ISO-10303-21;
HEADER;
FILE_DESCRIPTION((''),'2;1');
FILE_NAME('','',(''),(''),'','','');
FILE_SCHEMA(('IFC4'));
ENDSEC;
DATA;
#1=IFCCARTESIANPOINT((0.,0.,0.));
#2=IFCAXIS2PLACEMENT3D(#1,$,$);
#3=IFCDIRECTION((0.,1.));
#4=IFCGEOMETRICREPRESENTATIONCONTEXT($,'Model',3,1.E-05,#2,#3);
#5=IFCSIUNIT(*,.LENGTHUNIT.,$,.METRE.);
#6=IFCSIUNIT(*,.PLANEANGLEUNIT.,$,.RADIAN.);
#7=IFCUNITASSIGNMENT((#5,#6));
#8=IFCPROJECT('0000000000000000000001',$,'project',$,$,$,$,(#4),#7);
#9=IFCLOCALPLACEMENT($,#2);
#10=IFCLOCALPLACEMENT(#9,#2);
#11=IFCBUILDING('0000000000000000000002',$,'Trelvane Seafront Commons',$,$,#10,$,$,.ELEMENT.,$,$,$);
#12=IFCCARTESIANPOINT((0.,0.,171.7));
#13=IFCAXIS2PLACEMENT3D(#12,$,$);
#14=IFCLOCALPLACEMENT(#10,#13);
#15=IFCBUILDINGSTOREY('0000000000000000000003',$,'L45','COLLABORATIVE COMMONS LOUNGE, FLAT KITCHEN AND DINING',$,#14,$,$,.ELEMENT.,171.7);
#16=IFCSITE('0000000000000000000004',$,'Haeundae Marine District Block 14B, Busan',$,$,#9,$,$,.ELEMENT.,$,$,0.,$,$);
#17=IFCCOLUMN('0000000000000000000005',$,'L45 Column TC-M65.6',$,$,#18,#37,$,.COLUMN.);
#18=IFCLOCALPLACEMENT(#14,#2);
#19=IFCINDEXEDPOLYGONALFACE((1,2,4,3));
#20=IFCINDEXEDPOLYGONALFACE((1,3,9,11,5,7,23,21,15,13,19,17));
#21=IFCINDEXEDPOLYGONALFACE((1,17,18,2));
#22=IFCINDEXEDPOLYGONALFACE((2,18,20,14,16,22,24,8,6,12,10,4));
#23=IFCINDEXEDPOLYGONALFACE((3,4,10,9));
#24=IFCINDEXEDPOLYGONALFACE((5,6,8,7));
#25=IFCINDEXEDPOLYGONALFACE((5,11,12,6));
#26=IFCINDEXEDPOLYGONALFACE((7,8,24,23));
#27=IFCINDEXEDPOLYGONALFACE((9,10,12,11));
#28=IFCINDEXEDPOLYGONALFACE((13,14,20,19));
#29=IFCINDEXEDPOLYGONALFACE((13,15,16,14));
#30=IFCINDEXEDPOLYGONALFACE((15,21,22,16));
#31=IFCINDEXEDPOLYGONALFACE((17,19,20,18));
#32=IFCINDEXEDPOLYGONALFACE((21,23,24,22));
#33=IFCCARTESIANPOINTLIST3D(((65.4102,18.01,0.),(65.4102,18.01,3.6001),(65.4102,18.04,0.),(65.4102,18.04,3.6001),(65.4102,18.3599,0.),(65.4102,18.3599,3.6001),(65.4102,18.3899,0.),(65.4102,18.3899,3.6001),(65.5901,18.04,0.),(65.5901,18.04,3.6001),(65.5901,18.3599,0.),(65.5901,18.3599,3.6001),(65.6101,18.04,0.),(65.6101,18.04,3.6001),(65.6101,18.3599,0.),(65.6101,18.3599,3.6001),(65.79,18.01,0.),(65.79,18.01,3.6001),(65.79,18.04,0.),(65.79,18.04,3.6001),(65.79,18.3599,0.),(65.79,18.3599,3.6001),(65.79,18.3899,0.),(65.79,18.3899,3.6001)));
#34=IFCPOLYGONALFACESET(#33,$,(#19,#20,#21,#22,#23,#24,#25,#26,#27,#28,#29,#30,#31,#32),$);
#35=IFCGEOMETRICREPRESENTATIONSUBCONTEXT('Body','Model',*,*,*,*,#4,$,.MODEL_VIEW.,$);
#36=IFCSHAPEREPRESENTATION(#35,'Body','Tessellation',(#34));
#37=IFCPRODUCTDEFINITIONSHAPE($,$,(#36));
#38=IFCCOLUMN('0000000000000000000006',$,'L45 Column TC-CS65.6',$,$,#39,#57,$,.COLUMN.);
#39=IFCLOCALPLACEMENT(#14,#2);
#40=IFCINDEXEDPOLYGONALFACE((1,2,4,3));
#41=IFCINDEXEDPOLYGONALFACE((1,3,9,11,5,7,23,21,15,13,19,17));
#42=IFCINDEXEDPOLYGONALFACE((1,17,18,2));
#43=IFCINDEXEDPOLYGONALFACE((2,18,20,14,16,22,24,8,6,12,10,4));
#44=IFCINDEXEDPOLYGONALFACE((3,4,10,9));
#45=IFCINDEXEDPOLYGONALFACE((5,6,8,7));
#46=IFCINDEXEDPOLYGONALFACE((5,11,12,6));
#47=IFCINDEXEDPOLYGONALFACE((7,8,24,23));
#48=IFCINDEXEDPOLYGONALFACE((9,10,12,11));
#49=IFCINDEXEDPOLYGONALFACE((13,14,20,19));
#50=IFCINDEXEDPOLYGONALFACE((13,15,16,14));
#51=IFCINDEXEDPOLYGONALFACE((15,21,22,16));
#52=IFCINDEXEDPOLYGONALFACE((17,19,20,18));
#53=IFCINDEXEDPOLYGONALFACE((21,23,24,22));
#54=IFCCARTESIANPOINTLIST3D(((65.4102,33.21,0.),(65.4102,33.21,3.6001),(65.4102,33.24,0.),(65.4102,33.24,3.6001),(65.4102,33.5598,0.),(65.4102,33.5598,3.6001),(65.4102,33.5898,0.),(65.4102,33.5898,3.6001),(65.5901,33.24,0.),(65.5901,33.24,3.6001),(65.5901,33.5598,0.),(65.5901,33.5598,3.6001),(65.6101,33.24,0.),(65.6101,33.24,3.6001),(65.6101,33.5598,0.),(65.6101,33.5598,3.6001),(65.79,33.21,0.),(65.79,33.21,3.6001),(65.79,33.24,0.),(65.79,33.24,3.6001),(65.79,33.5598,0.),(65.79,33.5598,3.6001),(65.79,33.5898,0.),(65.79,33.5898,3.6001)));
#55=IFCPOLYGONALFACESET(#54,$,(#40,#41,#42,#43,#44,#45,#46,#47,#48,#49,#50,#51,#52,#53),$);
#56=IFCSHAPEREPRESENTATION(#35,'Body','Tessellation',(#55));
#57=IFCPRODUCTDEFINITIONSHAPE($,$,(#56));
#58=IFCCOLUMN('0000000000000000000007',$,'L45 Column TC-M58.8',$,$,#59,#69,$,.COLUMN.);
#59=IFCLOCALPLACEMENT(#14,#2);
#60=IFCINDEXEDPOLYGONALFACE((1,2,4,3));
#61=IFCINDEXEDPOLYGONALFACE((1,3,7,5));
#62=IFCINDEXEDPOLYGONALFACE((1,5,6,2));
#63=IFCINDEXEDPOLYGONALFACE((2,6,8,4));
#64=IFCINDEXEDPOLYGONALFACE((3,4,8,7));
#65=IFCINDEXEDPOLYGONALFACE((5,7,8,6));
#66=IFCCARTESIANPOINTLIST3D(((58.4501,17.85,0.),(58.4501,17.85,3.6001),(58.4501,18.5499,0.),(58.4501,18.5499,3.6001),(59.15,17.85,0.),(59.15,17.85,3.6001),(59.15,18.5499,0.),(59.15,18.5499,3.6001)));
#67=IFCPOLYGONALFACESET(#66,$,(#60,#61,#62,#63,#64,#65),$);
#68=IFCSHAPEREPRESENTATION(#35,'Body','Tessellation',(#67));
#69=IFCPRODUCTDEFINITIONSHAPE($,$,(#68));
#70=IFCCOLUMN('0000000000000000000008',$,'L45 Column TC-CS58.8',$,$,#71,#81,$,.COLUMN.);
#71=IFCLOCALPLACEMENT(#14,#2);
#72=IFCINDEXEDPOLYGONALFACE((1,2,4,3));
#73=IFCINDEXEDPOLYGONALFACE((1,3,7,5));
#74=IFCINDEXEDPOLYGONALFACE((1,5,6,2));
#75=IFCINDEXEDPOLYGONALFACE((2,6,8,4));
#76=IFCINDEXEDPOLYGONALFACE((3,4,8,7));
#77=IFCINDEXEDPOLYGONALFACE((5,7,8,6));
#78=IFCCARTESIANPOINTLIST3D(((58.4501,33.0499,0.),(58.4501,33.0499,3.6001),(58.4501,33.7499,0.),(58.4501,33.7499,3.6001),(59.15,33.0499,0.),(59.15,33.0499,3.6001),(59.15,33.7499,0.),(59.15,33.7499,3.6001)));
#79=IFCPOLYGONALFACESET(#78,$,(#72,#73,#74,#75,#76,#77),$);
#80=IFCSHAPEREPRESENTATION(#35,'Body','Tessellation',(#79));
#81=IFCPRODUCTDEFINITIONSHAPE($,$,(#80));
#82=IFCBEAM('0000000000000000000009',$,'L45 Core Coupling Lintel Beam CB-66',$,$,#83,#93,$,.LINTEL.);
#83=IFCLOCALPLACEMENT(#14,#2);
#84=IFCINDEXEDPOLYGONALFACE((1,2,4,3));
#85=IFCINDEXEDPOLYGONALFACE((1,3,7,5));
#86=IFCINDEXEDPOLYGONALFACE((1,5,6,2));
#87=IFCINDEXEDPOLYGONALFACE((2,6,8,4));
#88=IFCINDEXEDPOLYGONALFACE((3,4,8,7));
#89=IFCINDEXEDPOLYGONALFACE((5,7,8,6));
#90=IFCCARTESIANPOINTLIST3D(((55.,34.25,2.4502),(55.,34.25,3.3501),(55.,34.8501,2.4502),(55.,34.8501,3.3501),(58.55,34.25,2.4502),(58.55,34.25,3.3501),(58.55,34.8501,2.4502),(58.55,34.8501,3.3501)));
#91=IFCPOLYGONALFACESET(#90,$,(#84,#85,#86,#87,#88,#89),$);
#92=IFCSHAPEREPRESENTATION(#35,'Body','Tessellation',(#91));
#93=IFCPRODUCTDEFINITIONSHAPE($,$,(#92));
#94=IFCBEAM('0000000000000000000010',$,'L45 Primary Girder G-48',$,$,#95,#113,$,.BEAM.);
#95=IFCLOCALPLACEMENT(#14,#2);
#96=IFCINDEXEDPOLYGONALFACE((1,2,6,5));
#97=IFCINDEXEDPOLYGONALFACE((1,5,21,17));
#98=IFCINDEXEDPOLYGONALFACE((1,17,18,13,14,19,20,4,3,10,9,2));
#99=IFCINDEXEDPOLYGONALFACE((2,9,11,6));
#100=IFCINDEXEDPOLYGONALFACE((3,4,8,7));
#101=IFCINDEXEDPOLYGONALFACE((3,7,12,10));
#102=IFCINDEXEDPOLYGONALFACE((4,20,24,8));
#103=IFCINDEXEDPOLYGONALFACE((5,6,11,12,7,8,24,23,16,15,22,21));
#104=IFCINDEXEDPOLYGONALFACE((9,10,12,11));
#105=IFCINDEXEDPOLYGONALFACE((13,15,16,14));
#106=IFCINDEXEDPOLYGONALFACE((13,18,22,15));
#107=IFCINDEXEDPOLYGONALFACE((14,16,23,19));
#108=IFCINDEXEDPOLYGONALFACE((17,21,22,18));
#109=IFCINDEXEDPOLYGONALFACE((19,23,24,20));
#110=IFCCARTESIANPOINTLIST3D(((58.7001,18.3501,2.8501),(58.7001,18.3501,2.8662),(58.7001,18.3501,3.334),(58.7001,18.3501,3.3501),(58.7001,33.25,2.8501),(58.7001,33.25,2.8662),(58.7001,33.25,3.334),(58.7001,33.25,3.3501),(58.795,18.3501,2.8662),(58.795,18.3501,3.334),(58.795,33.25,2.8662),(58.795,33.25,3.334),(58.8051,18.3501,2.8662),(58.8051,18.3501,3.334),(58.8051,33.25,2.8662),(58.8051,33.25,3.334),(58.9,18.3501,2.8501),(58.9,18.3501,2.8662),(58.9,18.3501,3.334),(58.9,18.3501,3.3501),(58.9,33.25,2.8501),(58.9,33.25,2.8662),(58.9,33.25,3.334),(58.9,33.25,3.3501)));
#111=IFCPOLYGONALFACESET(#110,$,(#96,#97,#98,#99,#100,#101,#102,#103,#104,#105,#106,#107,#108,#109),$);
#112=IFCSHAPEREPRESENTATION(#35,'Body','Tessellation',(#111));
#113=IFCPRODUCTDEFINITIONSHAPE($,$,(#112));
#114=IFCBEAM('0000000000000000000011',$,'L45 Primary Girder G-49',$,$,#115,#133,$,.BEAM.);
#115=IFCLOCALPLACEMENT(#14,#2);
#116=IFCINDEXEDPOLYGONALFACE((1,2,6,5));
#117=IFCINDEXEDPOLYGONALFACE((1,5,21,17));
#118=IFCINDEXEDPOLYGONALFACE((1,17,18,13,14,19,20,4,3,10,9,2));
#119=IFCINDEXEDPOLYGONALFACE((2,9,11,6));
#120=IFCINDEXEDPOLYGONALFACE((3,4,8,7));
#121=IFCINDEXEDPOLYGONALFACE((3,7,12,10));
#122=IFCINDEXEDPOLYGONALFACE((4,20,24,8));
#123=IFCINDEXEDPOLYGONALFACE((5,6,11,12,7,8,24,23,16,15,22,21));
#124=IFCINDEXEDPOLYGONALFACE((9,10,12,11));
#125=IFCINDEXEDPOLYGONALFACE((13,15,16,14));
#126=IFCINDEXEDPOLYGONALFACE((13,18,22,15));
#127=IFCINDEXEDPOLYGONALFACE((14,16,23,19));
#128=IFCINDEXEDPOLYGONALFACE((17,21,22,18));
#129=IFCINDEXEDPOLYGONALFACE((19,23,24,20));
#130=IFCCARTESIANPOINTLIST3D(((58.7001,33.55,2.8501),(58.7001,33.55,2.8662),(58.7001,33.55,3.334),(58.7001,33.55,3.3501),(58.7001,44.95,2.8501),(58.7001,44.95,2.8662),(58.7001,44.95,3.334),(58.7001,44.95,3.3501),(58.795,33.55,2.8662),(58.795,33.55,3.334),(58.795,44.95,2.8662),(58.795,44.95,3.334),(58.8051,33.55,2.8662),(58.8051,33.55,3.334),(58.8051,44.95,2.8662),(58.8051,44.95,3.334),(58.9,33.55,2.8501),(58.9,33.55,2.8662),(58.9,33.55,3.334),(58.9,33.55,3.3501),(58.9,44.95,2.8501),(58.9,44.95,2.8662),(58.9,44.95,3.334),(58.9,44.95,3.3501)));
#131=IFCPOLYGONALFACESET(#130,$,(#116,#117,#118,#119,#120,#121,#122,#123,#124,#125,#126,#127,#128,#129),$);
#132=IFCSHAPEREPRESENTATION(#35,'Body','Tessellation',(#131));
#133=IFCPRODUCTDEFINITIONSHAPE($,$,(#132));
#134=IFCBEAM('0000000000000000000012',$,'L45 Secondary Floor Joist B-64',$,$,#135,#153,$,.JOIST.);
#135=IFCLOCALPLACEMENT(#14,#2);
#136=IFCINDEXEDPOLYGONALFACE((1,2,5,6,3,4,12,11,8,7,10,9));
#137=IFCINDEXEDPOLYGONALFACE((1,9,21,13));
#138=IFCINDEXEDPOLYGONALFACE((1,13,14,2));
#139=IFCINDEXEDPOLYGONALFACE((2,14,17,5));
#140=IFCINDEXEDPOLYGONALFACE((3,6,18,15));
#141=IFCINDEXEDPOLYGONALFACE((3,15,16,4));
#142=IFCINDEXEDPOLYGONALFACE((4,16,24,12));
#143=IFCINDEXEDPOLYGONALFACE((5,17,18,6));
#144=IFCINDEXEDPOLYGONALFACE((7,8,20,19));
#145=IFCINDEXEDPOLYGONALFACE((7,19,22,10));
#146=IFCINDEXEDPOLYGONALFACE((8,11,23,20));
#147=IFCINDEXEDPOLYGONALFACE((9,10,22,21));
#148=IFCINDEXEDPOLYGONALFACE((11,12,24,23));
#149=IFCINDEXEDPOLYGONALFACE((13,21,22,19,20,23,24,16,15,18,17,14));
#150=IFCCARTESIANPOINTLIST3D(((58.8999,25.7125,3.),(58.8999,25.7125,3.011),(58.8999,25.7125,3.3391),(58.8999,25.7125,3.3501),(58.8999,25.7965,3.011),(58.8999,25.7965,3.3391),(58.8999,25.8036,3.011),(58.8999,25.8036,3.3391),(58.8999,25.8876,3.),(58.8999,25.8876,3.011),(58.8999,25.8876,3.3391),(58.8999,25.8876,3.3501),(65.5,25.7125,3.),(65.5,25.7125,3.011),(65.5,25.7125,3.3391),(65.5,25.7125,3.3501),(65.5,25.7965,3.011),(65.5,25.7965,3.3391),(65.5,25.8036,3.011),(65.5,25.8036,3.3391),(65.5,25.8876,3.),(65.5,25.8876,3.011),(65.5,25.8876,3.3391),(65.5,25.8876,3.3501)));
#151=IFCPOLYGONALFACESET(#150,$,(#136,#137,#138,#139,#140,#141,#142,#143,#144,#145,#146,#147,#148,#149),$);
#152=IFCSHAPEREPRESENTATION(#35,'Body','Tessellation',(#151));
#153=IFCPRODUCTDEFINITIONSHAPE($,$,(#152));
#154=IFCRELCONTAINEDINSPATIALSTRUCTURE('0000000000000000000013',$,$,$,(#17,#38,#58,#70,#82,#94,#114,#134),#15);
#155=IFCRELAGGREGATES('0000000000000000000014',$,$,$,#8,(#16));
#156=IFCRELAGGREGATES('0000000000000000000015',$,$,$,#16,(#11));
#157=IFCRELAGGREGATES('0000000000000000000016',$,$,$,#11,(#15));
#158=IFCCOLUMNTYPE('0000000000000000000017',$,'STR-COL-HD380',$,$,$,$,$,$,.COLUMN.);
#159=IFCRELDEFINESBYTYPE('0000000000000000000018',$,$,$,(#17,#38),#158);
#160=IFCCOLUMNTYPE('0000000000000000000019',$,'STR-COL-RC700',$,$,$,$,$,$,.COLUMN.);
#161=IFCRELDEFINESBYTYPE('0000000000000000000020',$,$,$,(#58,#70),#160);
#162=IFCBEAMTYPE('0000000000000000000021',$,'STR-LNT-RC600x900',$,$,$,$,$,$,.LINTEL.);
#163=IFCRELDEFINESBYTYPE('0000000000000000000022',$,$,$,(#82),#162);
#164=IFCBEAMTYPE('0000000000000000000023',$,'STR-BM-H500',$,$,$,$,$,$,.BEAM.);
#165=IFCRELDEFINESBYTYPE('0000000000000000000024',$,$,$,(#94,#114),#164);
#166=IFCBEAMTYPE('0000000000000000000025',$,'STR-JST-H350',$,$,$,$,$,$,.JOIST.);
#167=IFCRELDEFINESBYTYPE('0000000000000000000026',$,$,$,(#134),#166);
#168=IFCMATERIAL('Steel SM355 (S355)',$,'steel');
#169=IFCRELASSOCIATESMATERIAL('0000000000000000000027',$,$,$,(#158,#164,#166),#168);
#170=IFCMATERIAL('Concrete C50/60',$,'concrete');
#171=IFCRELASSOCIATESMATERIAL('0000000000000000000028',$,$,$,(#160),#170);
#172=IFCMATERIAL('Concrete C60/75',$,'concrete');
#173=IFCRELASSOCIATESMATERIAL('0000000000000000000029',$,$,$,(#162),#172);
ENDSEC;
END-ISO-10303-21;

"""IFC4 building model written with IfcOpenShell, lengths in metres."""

from ifc_helpers import new_model, si_unit, direction, frame, origin, origin_2d, place, context, subcontext, project, spatial, rectangle, i_section, extrude, source, transform, mapped, material, material_profile, profile_set, type_object, element, save


model = new_model("IFC4")

# Units and contexts
model_context = context("Model", 3, precision=1e-05, world=origin(), true_north=direction((0.0, 1.0)))
body_context = subcontext(model_context, "Body", "Model", "MODEL_VIEW")
ifc_project = project(units=[si_unit("LENGTHUNIT", "METRE"), si_unit("PLANEANGLEUNIT", "RADIAN")], contexts=[model_context])

# Site, building, storey
site_placement = place(None, origin())
site = spatial("IfcSite", under=ifc_project, at=site_placement, Name="Haeundae Marine District Block 14B, Busan", CompositionType="ELEMENT", RefElevation=0.0)
building_placement = place(site_placement, origin())
building = spatial("IfcBuilding", under=site, at=building_placement, Name="Trelvane Seafront Commons", CompositionType="ELEMENT")
storey_placement = place(building_placement, frame((0.0, 0.0, 171.7)))
storey = spatial("IfcBuildingStorey", under=building, at=storey_placement, Name="L45", Description="COLLABORATIVE COMMONS LOUNGE, FLAT KITCHEN AND DINING", CompositionType="ELEMENT", Elevation=171.7)

# Columns
ifc_material_1 = material(Name="Steel SM355 (S355)", Category="steel")
ifc_material_profile_1 = material_profile(ifc_material_1, i_section(OverallWidth=0.3799, OverallDepth=0.3799, WebThickness=0.02, FlangeThickness=0.03, at=origin_2d()), Name="HD-380x380x20x30")
ifc_profile_set_1 = profile_set([ifc_material_profile_1], Name="Steel SM355 (S355)")
column_type_1 = type_object("IfcColumnType", Name="STR-COL-HD380", PredefinedType="COLUMN", material=ifc_profile_set_1)
shared_shape_1 = source(origin(), body_context, "Body", "SweptSolid", [
    extrude(i_section(OverallWidth=0.3799, OverallDepth=0.3799, WebThickness=0.02, FlangeThickness=0.03, at=origin_2d()), origin(), (0.0, 0.0, 1.0), 3.6001),
])
for number, where, z_axis, x_axis, name in (
    (1, (65.6001, 18.2, 0.0), (0.0, 0.0, 1.0), (1.0, 0.0, 0.0), "L45 Column TC-M65.6"),
    (2, (65.6001, 33.3999, 0.0), (0.0, 0.0, 1.0), (1.0, 0.0, 0.0), "L45 Column TC-CS65.6"),
):
    element("IfcColumn", number, at=place(storey_placement, frame(where, z_axis=z_axis, x_axis=x_axis)), inside=storey, type_object=column_type_1, Name=name, PredefinedType="COLUMN", context=body_context, shape_type="MappedRepresentation", body=[
        mapped(shared_shape_1, transform((0.0, 0.0, 0.0), x_axis=(1.0, 0.0, 0.0), y_axis=(0.0, 1.0, 0.0), z_axis=(0.0, 0.0, 1.0), scale=1.0)),
    ])
ifc_material_2 = material(Name="Concrete C50/60", Category="concrete")
ifc_material_profile_2 = material_profile(ifc_material_2, rectangle(XDim=0.7, YDim=0.7, at=origin_2d()), Name="RC-700x700")
ifc_profile_set_2 = profile_set([ifc_material_profile_2], Name="Concrete C50/60")
column_type_2 = type_object("IfcColumnType", Name="STR-COL-RC700", PredefinedType="COLUMN", material=ifc_profile_set_2)
shared_shape_2 = source(origin(), body_context, "Body", "SweptSolid", [
    extrude(rectangle(XDim=0.7, YDim=0.7, at=origin_2d()), origin(), (0.0, 0.0, 1.0), 3.6001),
])
for number, where, z_axis, x_axis, name in (
    (3, (58.8, 18.2, 0.0), (0.0, 0.0, 1.0), (1.0, 0.0, 0.0), "L45 Column TC-M58.8"),
    (4, (58.8, 33.3999, 0.0), (0.0, 0.0, 1.0), (1.0, 0.0, 0.0), "L45 Column TC-CS58.8"),
):
    element("IfcColumn", number, at=place(storey_placement, frame(where, z_axis=z_axis, x_axis=x_axis)), inside=storey, type_object=column_type_2, Name=name, PredefinedType="COLUMN", context=body_context, shape_type="MappedRepresentation", body=[
        mapped(shared_shape_2, transform((0.0, 0.0, 0.0), x_axis=(1.0, 0.0, 0.0), y_axis=(0.0, 1.0, 0.0), z_axis=(0.0, 0.0, 1.0), scale=1.0)),
    ])

# Beams
ifc_material_3 = material(Name="Concrete C60/75", Category="concrete")
ifc_material_profile_3 = material_profile(ifc_material_3, rectangle(XDim=0.6001, YDim=0.8999, at=origin_2d()), Name="RC-600x900")
ifc_profile_set_3 = profile_set([ifc_material_profile_3], Name="Concrete C60/75")
beam_type_1 = type_object("IfcBeamType", Name="STR-LNT-RC600x900", PredefinedType="LINTEL", material=ifc_profile_set_3)
shared_shape_3 = source(origin(), body_context, "Body", "SweptSolid", [
    extrude(rectangle(XDim=0.6001, YDim=0.8999, at=origin_2d()), origin(), (0.0, 0.0, 1.0), 3.55),
])
beam_1_placement = place(storey_placement, frame((55.0, 34.55, 2.9001), z_axis=(1.0, 0.0, 0.0), x_axis=(0.0, 1.0, 0.0)))
element("IfcBeam", 5, at=beam_1_placement, inside=storey, type_object=beam_type_1, Name="L45 Core Coupling Lintel Beam CB-66", PredefinedType="LINTEL", context=body_context, shape_type="MappedRepresentation", body=[
    mapped(shared_shape_3, transform((0.0, 0.0, 0.0), x_axis=(1.0, 0.0, 0.0), y_axis=(0.0, 1.0, 0.0), z_axis=(0.0, 0.0, 1.0), scale=1.0)),
])
ifc_material_profile_4 = material_profile(ifc_material_1, i_section(OverallWidth=0.2, OverallDepth=0.5, WebThickness=0.01, FlangeThickness=0.0161, at=origin_2d()), Name="H-500x200x10x16")
ifc_profile_set_4 = profile_set([ifc_material_profile_4], Name="Steel SM355 (S355)")
beam_type_2 = type_object("IfcBeamType", Name="STR-BM-H500", PredefinedType="BEAM", material=ifc_profile_set_4)
shared_shape_4 = source(origin(), body_context, "Body", "SweptSolid", [
    extrude(i_section(OverallWidth=0.2, OverallDepth=0.5, WebThickness=0.01, FlangeThickness=0.0161, at=origin_2d()), origin(), (0.0, 0.0, 1.0), 14.8999),
])
beam_2_placement = place(storey_placement, frame((58.8, 18.3501, 3.1001), z_axis=(0.0, 1.0, 0.0), x_axis=(-1.0, 0.0, 0.0)))
element("IfcBeam", 6, at=beam_2_placement, inside=storey, type_object=beam_type_2, Name="L45 Primary Girder G-48", PredefinedType="BEAM", context=body_context, shape_type="MappedRepresentation", body=[
    mapped(shared_shape_4, transform((0.0, 0.0, 0.0), x_axis=(1.0, 0.0, 0.0), y_axis=(0.0, 1.0, 0.0), z_axis=(0.0, 0.0, 1.0), scale=1.0)),
])
shared_shape_5 = source(origin(), body_context, "Body", "SweptSolid", [
    extrude(i_section(OverallWidth=0.2, OverallDepth=0.5, WebThickness=0.01, FlangeThickness=0.0161, at=origin_2d()), origin(), (0.0, 0.0, 1.0), 11.3999),
])
beam_3_placement = place(storey_placement, frame((58.8, 33.55, 3.1001), z_axis=(0.0, 1.0, 0.0), x_axis=(-1.0, 0.0, 0.0)))
element("IfcBeam", 7, at=beam_3_placement, inside=storey, type_object=beam_type_2, Name="L45 Primary Girder G-49", PredefinedType="BEAM", context=body_context, shape_type="MappedRepresentation", body=[
    mapped(shared_shape_5, transform((0.0, 0.0, 0.0), x_axis=(1.0, 0.0, 0.0), y_axis=(0.0, 1.0, 0.0), z_axis=(0.0, 0.0, 1.0), scale=1.0)),
])
ifc_material_profile_5 = material_profile(ifc_material_1, i_section(OverallWidth=0.175, OverallDepth=0.3501, WebThickness=0.0071, FlangeThickness=0.011, at=origin_2d()), Name="H-350x175x7x11")
ifc_profile_set_5 = profile_set([ifc_material_profile_5], Name="Steel SM355 (S355)")
beam_type_3 = type_object("IfcBeamType", Name="STR-JST-H350", PredefinedType="JOIST", material=ifc_profile_set_5)
shared_shape_6 = source(origin(), body_context, "Body", "SweptSolid", [
    extrude(i_section(OverallWidth=0.175, OverallDepth=0.3501, WebThickness=0.0071, FlangeThickness=0.011, at=origin_2d()), origin(), (0.0, 0.0, 1.0), 6.6001),
])
beam_4_placement = place(storey_placement, frame((58.8999, 25.8, 3.175), z_axis=(1.0, 0.0, 0.0), x_axis=(0.0, 1.0, 0.0)))
element("IfcBeam", 8, at=beam_4_placement, inside=storey, type_object=beam_type_3, Name="L45 Secondary Floor Joist B-64", PredefinedType="JOIST", context=body_context, shape_type="MappedRepresentation", body=[
    mapped(shared_shape_6, transform((0.0, 0.0, 0.0), x_axis=(1.0, 0.0, 0.0), y_axis=(0.0, 1.0, 0.0), z_axis=(0.0, 0.0, 1.0), scale=1.0)),
])

save(model, "model.ifc")
